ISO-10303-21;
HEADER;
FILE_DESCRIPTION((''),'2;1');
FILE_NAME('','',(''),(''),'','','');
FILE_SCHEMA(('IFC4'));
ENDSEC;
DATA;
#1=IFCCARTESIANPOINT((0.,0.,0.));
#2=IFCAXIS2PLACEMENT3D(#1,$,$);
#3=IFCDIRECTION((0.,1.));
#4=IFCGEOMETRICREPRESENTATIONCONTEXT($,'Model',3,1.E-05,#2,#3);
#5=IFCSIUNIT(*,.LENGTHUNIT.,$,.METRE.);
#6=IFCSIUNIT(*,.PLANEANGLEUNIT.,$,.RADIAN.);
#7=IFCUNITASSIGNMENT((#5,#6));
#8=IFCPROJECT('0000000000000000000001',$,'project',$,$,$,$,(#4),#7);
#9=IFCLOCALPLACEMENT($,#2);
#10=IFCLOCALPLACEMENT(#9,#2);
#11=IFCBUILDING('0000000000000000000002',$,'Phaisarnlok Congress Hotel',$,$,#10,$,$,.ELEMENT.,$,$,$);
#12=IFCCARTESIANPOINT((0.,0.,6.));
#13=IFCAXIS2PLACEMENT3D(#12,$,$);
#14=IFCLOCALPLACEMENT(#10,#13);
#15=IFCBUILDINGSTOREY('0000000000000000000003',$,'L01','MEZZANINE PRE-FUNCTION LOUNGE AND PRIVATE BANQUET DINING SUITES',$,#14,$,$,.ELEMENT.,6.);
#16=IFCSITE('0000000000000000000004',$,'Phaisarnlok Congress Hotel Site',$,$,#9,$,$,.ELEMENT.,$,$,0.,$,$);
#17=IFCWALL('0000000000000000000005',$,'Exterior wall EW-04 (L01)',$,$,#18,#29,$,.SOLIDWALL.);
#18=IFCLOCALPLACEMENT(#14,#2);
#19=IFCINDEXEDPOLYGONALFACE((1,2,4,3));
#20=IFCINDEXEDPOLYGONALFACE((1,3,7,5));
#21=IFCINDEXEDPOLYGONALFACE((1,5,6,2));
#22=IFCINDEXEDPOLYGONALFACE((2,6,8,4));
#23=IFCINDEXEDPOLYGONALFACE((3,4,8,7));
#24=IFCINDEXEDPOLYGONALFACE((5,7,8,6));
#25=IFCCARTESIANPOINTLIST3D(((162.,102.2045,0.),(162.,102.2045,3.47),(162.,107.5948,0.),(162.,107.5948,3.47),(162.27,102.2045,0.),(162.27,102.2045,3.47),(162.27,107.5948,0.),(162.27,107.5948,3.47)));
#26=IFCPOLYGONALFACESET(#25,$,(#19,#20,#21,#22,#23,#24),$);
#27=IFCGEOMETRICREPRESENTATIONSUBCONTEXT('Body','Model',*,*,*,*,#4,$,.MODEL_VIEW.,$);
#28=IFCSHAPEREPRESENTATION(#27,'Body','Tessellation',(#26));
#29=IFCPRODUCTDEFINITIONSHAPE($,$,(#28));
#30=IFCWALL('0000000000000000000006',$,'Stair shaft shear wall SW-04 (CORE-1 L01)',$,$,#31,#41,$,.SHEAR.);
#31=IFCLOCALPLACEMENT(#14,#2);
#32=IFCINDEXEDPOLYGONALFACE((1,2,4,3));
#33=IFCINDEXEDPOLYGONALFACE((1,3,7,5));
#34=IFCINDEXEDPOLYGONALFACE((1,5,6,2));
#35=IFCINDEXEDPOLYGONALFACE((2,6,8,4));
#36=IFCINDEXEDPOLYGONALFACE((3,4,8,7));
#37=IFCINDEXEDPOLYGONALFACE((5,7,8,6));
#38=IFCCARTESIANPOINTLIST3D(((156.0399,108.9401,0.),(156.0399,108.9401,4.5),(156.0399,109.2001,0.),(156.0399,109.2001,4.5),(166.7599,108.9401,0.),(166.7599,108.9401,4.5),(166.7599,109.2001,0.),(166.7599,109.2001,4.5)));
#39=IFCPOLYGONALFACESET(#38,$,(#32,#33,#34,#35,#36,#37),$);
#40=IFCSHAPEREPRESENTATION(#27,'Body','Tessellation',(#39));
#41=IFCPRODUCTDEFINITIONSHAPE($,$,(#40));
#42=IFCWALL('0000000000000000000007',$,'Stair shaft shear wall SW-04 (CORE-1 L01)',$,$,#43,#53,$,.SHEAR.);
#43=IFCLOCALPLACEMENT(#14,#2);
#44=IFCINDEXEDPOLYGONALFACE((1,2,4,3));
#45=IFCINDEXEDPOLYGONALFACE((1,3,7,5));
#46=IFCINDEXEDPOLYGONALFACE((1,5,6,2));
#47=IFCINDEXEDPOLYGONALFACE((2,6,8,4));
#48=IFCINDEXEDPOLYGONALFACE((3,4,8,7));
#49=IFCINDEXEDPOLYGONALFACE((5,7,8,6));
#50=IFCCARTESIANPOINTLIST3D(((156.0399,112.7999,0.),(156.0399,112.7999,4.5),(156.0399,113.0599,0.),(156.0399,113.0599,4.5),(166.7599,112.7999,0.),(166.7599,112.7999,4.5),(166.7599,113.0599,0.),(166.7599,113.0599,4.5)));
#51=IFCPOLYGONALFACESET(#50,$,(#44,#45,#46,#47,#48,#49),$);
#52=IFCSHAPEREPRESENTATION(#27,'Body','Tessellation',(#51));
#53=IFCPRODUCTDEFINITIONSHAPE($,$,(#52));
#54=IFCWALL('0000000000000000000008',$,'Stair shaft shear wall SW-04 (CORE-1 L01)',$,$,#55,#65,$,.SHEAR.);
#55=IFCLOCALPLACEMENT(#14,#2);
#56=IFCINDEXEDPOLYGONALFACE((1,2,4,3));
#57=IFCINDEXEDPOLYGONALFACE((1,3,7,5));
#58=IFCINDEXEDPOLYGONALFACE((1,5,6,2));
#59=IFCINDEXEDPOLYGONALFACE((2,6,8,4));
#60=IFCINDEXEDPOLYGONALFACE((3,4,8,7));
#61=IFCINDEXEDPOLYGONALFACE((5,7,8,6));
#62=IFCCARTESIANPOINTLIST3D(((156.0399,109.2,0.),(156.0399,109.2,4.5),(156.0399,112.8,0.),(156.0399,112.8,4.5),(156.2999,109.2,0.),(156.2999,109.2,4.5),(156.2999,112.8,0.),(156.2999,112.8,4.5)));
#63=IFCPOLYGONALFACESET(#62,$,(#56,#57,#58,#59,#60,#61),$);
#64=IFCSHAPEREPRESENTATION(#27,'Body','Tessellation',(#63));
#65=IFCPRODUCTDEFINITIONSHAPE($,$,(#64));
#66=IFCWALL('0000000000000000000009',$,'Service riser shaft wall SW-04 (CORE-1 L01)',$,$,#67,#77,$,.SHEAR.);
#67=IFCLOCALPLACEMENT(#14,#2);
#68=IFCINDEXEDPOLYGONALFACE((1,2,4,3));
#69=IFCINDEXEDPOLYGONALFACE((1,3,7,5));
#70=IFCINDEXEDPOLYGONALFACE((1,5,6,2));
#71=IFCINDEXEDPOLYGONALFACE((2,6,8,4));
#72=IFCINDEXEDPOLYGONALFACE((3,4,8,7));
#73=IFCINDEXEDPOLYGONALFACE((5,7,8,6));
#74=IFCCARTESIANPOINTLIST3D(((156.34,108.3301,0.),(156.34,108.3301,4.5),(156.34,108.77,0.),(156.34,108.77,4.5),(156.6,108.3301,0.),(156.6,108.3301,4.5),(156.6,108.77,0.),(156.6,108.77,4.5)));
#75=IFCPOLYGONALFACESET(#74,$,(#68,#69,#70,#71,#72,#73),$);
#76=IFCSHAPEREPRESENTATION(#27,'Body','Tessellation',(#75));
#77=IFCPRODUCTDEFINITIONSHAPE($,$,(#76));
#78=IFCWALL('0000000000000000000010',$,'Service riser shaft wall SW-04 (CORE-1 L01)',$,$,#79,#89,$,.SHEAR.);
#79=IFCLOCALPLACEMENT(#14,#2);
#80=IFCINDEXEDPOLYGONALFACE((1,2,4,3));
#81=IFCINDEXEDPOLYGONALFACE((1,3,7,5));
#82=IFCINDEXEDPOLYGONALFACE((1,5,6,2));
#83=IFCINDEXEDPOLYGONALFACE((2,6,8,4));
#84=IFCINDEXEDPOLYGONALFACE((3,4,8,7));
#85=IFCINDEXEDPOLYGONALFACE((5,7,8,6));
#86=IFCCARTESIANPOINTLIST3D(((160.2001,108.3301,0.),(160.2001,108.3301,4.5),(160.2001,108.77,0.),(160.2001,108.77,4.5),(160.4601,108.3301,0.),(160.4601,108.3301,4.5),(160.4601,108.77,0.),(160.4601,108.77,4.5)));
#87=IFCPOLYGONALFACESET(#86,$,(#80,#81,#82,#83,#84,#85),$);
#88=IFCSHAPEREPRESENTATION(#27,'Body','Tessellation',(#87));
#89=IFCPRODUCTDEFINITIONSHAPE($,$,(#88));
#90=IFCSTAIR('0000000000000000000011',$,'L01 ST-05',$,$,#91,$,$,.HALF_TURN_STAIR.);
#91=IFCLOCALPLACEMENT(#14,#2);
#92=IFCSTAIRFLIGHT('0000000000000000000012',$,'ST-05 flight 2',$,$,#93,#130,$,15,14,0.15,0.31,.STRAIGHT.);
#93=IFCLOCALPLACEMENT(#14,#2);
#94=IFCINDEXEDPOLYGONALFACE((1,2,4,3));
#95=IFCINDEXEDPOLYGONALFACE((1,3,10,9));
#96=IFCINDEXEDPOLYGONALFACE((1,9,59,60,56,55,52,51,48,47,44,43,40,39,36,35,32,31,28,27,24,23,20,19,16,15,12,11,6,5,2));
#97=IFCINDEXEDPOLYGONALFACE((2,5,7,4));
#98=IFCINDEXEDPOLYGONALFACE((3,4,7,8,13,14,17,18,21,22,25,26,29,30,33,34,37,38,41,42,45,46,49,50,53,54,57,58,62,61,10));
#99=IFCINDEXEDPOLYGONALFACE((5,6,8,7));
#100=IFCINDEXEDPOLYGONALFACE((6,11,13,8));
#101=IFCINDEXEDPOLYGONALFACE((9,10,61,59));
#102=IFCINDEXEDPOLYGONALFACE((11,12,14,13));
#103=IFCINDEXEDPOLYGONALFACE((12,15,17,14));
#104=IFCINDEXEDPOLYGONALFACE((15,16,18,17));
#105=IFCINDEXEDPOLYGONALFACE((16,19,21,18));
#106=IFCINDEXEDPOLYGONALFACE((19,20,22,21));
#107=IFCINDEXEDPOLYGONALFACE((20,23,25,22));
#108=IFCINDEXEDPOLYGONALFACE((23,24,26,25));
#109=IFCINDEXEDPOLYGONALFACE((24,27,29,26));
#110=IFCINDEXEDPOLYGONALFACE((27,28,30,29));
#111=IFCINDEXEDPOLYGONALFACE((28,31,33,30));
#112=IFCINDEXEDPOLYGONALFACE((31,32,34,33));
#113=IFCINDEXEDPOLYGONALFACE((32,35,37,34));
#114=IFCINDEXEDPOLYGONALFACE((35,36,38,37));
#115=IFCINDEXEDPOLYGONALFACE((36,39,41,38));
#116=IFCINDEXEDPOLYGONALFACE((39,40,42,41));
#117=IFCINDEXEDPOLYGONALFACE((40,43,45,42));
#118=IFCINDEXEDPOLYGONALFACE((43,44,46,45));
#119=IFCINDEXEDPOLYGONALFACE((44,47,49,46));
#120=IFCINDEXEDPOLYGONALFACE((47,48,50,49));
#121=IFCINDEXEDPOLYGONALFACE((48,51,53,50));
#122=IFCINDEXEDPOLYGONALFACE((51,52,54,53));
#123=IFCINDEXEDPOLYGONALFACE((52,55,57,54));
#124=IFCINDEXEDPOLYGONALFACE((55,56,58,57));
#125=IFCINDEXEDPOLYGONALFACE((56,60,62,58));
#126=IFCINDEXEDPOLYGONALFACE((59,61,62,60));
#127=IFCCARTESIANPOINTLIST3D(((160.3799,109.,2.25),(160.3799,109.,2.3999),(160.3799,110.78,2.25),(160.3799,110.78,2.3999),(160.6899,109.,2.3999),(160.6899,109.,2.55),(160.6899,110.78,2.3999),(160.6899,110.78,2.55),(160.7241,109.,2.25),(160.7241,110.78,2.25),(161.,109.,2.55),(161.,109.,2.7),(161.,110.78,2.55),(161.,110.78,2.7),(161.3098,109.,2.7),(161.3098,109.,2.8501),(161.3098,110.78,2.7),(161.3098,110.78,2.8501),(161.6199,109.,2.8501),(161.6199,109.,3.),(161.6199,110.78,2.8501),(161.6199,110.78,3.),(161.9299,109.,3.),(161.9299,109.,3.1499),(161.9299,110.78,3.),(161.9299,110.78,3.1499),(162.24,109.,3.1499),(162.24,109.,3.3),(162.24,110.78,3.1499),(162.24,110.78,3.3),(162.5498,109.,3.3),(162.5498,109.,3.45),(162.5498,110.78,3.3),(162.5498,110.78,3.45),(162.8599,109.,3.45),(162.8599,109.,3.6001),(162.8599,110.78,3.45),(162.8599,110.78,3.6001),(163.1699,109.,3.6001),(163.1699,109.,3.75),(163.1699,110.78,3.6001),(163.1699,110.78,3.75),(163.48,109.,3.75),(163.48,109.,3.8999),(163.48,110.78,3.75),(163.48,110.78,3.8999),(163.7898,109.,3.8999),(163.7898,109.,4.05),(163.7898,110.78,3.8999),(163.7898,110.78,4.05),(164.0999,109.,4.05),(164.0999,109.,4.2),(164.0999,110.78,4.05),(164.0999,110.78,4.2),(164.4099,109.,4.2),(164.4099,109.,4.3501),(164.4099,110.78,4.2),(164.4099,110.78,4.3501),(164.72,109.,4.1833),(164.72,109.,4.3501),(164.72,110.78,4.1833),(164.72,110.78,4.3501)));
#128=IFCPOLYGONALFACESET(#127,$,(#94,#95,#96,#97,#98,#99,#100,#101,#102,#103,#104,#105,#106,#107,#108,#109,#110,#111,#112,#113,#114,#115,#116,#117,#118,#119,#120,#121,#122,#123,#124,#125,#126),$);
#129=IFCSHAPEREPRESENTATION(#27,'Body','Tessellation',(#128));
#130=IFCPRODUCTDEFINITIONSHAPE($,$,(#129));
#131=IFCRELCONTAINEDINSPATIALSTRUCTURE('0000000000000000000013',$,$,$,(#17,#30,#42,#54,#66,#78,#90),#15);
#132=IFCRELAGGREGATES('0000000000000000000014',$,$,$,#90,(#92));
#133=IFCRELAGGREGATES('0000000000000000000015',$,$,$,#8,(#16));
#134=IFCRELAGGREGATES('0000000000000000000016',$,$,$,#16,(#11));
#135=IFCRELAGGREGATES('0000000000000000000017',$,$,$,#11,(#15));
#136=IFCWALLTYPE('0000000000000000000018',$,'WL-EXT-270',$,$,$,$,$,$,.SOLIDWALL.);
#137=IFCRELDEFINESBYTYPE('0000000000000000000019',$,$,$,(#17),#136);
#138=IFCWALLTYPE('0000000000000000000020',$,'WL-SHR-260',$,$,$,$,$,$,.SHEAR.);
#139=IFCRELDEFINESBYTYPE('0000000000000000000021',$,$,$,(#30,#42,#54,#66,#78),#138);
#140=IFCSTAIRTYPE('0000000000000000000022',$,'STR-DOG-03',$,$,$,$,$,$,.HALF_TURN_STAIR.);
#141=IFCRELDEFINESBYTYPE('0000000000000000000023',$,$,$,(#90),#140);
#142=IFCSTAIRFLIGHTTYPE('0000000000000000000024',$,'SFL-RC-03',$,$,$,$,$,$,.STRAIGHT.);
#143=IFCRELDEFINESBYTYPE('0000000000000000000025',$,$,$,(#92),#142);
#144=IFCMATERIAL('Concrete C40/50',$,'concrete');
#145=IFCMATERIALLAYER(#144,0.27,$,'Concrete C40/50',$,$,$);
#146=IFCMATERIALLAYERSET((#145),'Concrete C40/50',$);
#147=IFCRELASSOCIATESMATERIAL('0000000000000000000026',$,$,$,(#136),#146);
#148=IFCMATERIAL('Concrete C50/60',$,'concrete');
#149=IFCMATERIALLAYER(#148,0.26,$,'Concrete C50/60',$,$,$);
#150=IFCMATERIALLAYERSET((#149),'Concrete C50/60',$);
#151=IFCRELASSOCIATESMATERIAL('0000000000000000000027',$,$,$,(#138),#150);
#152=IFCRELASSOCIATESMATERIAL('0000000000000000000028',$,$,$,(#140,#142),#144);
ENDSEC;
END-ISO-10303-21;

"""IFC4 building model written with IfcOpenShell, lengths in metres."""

from ifc_helpers import new_model, si_unit, direction, frame, frame_2d, origin, place, context, subcontext, project, spatial, polyline, rectangle, outline, extrude, material, layer, layer_set, type_object, element, aggregate, save


model = new_model("IFC4")

# Units and contexts
model_context = context("Model", 3, precision=1e-05, world=origin(), true_north=direction((0.0, 1.0)))
body_context = subcontext(model_context, "Body", "Model", "MODEL_VIEW")
ifc_project = project(units=[si_unit("LENGTHUNIT", "METRE"), si_unit("PLANEANGLEUNIT", "RADIAN")], contexts=[model_context])

# Site, building, storey
site_placement = place(None, origin())
site = spatial("IfcSite", under=ifc_project, at=site_placement, Name="Phaisarnlok Congress Hotel Site", CompositionType="ELEMENT", RefElevation=0.0)
building_placement = place(site_placement, origin())
building = spatial("IfcBuilding", under=site, at=building_placement, Name="Phaisarnlok Congress Hotel", CompositionType="ELEMENT")
storey_placement = place(building_placement, frame((0.0, 0.0, 6.0)))
storey = spatial("IfcBuildingStorey", under=building, at=storey_placement, Name="L01", Description="MEZZANINE PRE-FUNCTION LOUNGE AND PRIVATE BANQUET DINING SUITES", CompositionType="ELEMENT", Elevation=6.0)

# Shared definitions
ifc_material_1 = material(Name="Concrete C50/60", Category="concrete")

# Shared definitions
ifc_material_2 = material(Name="Concrete C40/50", Category="concrete")

# Walls
ifc_layer_1 = layer(ifc_material_2, 0.27, Name="Concrete C40/50")
ifc_layer_set_1 = layer_set([ifc_layer_1], Name="Concrete C40/50")
wall_type_1 = type_object("IfcWallType", Name="WL-EXT-270", PredefinedType="SOLIDWALL", material=ifc_layer_set_1)
wall_1_placement = place(storey_placement, frame((162.135, 107.595, 0.0), z_axis=(0.0, 0.0, 1.0), x_axis=(0.0, -1.0, 0.0)))
element("IfcWall", 1, at=wall_1_placement, inside=storey, type_object=wall_type_1, Name="Exterior wall EW-04 (L01)", PredefinedType="SOLIDWALL", context=body_context, shape_type="SweptSolid", body=[
    extrude(rectangle(XDim=5.3904, YDim=0.27, at=frame_2d((2.6953, 0.0))), origin(), (0.0, 0.0, 1.0), 3.47),
])
ifc_layer_2 = layer(ifc_material_1, 0.26, Name="Concrete C50/60")
ifc_layer_set_2 = layer_set([ifc_layer_2], Name="Concrete C50/60")
wall_type_2 = type_object("IfcWallType", Name="WL-SHR-260", PredefinedType="SHEAR", material=ifc_layer_set_2)
for number, where, z_axis, x_axis, name in (
    (2, (156.04, 109.0701, 0.0), (0.0, 0.0, 1.0), (1.0, 0.0, 0.0), "Stair shaft shear wall SW-04 (CORE-1 L01)"),
    (3, (156.04, 112.9299, 0.0), (0.0, 0.0, 1.0), (1.0, 0.0, 0.0), "Stair shaft shear wall SW-04 (CORE-1 L01)"),
):
    element("IfcWall", number, at=place(storey_placement, frame(where, z_axis=z_axis, x_axis=x_axis)), inside=storey, type_object=wall_type_2, Name=name, PredefinedType="SHEAR", context=body_context, shape_type="SweptSolid", body=[
        extrude(rectangle(XDim=10.72, YDim=0.26, at=frame_2d((5.3599, 0.0))), origin(), (0.0, 0.0, 1.0), 4.5),
    ])
wall_2_placement = place(storey_placement, frame((156.1699, 109.2, 0.0), z_axis=(0.0, 0.0, 1.0), x_axis=(0.0, 1.0, 0.0)))
element("IfcWall", 4, at=wall_2_placement, inside=storey, type_object=wall_type_2, Name="Stair shaft shear wall SW-04 (CORE-1 L01)", PredefinedType="SHEAR", context=body_context, shape_type="SweptSolid", body=[
    extrude(rectangle(XDim=3.6001, YDim=0.26, at=frame_2d((1.8, 0.0))), origin(), (0.0, 0.0, 1.0), 4.5),
])
for number, where, z_axis, x_axis, name in (
    (5, (156.47, 108.3301, 0.0), (0.0, 0.0, 1.0), (0.0, 1.0, 0.0), "Service riser shaft wall SW-04 (CORE-1 L01)"),
    (6, (160.3301, 108.3301, 0.0), (0.0, 0.0, 1.0), (0.0, 1.0, 0.0), "Service riser shaft wall SW-04 (CORE-1 L01)"),
):
    element("IfcWall", number, at=place(storey_placement, frame(where, z_axis=z_axis, x_axis=x_axis)), inside=storey, type_object=wall_type_2, Name=name, PredefinedType="SHEAR", context=body_context, shape_type="SweptSolid", body=[
        extrude(rectangle(XDim=0.4399, YDim=0.26, at=frame_2d((0.22, 0.0))), origin(), (0.0, 0.0, 1.0), 4.5),
    ])

# Stair, stair flight
stair_type = type_object("IfcStairType", Name="STR-DOG-03", PredefinedType="HALF_TURN_STAIR", material=ifc_material_2)
stair_placement = place(storey_placement, origin())
stair = element("IfcStair", 7, at=stair_placement, inside=storey, type_object=stair_type, Name="L01 ST-05", PredefinedType="HALF_TURN_STAIR")
stair_flight_type = type_object("IfcStairFlightType", Name="SFL-RC-03", PredefinedType="STRAIGHT", material=ifc_material_2)
stair_flight_placement = place(storey_placement, frame((160.3799, 109.8899, 2.25), z_axis=(0.0, 0.0, 1.0), x_axis=(1.0, 0.0, 0.0)))
stair_flight = element("IfcStairFlight", 8, at=stair_flight_placement, type_object=stair_flight_type, Name="ST-05 flight 2", NumberOfRisers=15, NumberOfTreads=14, PredefinedType="STRAIGHT", RiserHeight=0.15, TreadLength=0.31, context=body_context, shape_type="SweptSolid", body=[
    extrude(outline(polyline([(0.0, 0.0), (0.0, 0.1499), (0.3101, 0.1499), (0.3101, 0.3), (0.6201, 0.3), (0.6201, 0.45), (0.9299, 0.45), (0.9299, 0.6001), (1.24, 0.6001), (1.24, 0.75), (1.55, 0.75), (1.55, 0.8999), (1.8601, 0.8999), (1.8601, 1.05), (2.1699, 1.05), (2.1699, 1.2), (2.48, 1.2), (2.48, 1.3501), (2.79, 1.3501), (2.79, 1.5), (3.1001, 1.5), (3.1001, 1.6499), (3.4099, 1.6499), (3.4099, 1.8), (3.72, 1.8), (3.72, 1.95), (4.03, 1.95), (4.03, 2.1001), (4.3401, 2.1001), (4.3401, 2.25), (4.3401, 1.9333), (0.3442, 0.0), (0.0, 0.0)])), frame((0.0, 0.8901, 0.0), z_axis=(0.0, -1.0, 0.0), x_axis=(1.0, 0.0, 0.0)), (0.0, 0.0, 1.0), 1.78),
])
aggregate(stair, [stair_flight])

save(model, "model.ifc")
